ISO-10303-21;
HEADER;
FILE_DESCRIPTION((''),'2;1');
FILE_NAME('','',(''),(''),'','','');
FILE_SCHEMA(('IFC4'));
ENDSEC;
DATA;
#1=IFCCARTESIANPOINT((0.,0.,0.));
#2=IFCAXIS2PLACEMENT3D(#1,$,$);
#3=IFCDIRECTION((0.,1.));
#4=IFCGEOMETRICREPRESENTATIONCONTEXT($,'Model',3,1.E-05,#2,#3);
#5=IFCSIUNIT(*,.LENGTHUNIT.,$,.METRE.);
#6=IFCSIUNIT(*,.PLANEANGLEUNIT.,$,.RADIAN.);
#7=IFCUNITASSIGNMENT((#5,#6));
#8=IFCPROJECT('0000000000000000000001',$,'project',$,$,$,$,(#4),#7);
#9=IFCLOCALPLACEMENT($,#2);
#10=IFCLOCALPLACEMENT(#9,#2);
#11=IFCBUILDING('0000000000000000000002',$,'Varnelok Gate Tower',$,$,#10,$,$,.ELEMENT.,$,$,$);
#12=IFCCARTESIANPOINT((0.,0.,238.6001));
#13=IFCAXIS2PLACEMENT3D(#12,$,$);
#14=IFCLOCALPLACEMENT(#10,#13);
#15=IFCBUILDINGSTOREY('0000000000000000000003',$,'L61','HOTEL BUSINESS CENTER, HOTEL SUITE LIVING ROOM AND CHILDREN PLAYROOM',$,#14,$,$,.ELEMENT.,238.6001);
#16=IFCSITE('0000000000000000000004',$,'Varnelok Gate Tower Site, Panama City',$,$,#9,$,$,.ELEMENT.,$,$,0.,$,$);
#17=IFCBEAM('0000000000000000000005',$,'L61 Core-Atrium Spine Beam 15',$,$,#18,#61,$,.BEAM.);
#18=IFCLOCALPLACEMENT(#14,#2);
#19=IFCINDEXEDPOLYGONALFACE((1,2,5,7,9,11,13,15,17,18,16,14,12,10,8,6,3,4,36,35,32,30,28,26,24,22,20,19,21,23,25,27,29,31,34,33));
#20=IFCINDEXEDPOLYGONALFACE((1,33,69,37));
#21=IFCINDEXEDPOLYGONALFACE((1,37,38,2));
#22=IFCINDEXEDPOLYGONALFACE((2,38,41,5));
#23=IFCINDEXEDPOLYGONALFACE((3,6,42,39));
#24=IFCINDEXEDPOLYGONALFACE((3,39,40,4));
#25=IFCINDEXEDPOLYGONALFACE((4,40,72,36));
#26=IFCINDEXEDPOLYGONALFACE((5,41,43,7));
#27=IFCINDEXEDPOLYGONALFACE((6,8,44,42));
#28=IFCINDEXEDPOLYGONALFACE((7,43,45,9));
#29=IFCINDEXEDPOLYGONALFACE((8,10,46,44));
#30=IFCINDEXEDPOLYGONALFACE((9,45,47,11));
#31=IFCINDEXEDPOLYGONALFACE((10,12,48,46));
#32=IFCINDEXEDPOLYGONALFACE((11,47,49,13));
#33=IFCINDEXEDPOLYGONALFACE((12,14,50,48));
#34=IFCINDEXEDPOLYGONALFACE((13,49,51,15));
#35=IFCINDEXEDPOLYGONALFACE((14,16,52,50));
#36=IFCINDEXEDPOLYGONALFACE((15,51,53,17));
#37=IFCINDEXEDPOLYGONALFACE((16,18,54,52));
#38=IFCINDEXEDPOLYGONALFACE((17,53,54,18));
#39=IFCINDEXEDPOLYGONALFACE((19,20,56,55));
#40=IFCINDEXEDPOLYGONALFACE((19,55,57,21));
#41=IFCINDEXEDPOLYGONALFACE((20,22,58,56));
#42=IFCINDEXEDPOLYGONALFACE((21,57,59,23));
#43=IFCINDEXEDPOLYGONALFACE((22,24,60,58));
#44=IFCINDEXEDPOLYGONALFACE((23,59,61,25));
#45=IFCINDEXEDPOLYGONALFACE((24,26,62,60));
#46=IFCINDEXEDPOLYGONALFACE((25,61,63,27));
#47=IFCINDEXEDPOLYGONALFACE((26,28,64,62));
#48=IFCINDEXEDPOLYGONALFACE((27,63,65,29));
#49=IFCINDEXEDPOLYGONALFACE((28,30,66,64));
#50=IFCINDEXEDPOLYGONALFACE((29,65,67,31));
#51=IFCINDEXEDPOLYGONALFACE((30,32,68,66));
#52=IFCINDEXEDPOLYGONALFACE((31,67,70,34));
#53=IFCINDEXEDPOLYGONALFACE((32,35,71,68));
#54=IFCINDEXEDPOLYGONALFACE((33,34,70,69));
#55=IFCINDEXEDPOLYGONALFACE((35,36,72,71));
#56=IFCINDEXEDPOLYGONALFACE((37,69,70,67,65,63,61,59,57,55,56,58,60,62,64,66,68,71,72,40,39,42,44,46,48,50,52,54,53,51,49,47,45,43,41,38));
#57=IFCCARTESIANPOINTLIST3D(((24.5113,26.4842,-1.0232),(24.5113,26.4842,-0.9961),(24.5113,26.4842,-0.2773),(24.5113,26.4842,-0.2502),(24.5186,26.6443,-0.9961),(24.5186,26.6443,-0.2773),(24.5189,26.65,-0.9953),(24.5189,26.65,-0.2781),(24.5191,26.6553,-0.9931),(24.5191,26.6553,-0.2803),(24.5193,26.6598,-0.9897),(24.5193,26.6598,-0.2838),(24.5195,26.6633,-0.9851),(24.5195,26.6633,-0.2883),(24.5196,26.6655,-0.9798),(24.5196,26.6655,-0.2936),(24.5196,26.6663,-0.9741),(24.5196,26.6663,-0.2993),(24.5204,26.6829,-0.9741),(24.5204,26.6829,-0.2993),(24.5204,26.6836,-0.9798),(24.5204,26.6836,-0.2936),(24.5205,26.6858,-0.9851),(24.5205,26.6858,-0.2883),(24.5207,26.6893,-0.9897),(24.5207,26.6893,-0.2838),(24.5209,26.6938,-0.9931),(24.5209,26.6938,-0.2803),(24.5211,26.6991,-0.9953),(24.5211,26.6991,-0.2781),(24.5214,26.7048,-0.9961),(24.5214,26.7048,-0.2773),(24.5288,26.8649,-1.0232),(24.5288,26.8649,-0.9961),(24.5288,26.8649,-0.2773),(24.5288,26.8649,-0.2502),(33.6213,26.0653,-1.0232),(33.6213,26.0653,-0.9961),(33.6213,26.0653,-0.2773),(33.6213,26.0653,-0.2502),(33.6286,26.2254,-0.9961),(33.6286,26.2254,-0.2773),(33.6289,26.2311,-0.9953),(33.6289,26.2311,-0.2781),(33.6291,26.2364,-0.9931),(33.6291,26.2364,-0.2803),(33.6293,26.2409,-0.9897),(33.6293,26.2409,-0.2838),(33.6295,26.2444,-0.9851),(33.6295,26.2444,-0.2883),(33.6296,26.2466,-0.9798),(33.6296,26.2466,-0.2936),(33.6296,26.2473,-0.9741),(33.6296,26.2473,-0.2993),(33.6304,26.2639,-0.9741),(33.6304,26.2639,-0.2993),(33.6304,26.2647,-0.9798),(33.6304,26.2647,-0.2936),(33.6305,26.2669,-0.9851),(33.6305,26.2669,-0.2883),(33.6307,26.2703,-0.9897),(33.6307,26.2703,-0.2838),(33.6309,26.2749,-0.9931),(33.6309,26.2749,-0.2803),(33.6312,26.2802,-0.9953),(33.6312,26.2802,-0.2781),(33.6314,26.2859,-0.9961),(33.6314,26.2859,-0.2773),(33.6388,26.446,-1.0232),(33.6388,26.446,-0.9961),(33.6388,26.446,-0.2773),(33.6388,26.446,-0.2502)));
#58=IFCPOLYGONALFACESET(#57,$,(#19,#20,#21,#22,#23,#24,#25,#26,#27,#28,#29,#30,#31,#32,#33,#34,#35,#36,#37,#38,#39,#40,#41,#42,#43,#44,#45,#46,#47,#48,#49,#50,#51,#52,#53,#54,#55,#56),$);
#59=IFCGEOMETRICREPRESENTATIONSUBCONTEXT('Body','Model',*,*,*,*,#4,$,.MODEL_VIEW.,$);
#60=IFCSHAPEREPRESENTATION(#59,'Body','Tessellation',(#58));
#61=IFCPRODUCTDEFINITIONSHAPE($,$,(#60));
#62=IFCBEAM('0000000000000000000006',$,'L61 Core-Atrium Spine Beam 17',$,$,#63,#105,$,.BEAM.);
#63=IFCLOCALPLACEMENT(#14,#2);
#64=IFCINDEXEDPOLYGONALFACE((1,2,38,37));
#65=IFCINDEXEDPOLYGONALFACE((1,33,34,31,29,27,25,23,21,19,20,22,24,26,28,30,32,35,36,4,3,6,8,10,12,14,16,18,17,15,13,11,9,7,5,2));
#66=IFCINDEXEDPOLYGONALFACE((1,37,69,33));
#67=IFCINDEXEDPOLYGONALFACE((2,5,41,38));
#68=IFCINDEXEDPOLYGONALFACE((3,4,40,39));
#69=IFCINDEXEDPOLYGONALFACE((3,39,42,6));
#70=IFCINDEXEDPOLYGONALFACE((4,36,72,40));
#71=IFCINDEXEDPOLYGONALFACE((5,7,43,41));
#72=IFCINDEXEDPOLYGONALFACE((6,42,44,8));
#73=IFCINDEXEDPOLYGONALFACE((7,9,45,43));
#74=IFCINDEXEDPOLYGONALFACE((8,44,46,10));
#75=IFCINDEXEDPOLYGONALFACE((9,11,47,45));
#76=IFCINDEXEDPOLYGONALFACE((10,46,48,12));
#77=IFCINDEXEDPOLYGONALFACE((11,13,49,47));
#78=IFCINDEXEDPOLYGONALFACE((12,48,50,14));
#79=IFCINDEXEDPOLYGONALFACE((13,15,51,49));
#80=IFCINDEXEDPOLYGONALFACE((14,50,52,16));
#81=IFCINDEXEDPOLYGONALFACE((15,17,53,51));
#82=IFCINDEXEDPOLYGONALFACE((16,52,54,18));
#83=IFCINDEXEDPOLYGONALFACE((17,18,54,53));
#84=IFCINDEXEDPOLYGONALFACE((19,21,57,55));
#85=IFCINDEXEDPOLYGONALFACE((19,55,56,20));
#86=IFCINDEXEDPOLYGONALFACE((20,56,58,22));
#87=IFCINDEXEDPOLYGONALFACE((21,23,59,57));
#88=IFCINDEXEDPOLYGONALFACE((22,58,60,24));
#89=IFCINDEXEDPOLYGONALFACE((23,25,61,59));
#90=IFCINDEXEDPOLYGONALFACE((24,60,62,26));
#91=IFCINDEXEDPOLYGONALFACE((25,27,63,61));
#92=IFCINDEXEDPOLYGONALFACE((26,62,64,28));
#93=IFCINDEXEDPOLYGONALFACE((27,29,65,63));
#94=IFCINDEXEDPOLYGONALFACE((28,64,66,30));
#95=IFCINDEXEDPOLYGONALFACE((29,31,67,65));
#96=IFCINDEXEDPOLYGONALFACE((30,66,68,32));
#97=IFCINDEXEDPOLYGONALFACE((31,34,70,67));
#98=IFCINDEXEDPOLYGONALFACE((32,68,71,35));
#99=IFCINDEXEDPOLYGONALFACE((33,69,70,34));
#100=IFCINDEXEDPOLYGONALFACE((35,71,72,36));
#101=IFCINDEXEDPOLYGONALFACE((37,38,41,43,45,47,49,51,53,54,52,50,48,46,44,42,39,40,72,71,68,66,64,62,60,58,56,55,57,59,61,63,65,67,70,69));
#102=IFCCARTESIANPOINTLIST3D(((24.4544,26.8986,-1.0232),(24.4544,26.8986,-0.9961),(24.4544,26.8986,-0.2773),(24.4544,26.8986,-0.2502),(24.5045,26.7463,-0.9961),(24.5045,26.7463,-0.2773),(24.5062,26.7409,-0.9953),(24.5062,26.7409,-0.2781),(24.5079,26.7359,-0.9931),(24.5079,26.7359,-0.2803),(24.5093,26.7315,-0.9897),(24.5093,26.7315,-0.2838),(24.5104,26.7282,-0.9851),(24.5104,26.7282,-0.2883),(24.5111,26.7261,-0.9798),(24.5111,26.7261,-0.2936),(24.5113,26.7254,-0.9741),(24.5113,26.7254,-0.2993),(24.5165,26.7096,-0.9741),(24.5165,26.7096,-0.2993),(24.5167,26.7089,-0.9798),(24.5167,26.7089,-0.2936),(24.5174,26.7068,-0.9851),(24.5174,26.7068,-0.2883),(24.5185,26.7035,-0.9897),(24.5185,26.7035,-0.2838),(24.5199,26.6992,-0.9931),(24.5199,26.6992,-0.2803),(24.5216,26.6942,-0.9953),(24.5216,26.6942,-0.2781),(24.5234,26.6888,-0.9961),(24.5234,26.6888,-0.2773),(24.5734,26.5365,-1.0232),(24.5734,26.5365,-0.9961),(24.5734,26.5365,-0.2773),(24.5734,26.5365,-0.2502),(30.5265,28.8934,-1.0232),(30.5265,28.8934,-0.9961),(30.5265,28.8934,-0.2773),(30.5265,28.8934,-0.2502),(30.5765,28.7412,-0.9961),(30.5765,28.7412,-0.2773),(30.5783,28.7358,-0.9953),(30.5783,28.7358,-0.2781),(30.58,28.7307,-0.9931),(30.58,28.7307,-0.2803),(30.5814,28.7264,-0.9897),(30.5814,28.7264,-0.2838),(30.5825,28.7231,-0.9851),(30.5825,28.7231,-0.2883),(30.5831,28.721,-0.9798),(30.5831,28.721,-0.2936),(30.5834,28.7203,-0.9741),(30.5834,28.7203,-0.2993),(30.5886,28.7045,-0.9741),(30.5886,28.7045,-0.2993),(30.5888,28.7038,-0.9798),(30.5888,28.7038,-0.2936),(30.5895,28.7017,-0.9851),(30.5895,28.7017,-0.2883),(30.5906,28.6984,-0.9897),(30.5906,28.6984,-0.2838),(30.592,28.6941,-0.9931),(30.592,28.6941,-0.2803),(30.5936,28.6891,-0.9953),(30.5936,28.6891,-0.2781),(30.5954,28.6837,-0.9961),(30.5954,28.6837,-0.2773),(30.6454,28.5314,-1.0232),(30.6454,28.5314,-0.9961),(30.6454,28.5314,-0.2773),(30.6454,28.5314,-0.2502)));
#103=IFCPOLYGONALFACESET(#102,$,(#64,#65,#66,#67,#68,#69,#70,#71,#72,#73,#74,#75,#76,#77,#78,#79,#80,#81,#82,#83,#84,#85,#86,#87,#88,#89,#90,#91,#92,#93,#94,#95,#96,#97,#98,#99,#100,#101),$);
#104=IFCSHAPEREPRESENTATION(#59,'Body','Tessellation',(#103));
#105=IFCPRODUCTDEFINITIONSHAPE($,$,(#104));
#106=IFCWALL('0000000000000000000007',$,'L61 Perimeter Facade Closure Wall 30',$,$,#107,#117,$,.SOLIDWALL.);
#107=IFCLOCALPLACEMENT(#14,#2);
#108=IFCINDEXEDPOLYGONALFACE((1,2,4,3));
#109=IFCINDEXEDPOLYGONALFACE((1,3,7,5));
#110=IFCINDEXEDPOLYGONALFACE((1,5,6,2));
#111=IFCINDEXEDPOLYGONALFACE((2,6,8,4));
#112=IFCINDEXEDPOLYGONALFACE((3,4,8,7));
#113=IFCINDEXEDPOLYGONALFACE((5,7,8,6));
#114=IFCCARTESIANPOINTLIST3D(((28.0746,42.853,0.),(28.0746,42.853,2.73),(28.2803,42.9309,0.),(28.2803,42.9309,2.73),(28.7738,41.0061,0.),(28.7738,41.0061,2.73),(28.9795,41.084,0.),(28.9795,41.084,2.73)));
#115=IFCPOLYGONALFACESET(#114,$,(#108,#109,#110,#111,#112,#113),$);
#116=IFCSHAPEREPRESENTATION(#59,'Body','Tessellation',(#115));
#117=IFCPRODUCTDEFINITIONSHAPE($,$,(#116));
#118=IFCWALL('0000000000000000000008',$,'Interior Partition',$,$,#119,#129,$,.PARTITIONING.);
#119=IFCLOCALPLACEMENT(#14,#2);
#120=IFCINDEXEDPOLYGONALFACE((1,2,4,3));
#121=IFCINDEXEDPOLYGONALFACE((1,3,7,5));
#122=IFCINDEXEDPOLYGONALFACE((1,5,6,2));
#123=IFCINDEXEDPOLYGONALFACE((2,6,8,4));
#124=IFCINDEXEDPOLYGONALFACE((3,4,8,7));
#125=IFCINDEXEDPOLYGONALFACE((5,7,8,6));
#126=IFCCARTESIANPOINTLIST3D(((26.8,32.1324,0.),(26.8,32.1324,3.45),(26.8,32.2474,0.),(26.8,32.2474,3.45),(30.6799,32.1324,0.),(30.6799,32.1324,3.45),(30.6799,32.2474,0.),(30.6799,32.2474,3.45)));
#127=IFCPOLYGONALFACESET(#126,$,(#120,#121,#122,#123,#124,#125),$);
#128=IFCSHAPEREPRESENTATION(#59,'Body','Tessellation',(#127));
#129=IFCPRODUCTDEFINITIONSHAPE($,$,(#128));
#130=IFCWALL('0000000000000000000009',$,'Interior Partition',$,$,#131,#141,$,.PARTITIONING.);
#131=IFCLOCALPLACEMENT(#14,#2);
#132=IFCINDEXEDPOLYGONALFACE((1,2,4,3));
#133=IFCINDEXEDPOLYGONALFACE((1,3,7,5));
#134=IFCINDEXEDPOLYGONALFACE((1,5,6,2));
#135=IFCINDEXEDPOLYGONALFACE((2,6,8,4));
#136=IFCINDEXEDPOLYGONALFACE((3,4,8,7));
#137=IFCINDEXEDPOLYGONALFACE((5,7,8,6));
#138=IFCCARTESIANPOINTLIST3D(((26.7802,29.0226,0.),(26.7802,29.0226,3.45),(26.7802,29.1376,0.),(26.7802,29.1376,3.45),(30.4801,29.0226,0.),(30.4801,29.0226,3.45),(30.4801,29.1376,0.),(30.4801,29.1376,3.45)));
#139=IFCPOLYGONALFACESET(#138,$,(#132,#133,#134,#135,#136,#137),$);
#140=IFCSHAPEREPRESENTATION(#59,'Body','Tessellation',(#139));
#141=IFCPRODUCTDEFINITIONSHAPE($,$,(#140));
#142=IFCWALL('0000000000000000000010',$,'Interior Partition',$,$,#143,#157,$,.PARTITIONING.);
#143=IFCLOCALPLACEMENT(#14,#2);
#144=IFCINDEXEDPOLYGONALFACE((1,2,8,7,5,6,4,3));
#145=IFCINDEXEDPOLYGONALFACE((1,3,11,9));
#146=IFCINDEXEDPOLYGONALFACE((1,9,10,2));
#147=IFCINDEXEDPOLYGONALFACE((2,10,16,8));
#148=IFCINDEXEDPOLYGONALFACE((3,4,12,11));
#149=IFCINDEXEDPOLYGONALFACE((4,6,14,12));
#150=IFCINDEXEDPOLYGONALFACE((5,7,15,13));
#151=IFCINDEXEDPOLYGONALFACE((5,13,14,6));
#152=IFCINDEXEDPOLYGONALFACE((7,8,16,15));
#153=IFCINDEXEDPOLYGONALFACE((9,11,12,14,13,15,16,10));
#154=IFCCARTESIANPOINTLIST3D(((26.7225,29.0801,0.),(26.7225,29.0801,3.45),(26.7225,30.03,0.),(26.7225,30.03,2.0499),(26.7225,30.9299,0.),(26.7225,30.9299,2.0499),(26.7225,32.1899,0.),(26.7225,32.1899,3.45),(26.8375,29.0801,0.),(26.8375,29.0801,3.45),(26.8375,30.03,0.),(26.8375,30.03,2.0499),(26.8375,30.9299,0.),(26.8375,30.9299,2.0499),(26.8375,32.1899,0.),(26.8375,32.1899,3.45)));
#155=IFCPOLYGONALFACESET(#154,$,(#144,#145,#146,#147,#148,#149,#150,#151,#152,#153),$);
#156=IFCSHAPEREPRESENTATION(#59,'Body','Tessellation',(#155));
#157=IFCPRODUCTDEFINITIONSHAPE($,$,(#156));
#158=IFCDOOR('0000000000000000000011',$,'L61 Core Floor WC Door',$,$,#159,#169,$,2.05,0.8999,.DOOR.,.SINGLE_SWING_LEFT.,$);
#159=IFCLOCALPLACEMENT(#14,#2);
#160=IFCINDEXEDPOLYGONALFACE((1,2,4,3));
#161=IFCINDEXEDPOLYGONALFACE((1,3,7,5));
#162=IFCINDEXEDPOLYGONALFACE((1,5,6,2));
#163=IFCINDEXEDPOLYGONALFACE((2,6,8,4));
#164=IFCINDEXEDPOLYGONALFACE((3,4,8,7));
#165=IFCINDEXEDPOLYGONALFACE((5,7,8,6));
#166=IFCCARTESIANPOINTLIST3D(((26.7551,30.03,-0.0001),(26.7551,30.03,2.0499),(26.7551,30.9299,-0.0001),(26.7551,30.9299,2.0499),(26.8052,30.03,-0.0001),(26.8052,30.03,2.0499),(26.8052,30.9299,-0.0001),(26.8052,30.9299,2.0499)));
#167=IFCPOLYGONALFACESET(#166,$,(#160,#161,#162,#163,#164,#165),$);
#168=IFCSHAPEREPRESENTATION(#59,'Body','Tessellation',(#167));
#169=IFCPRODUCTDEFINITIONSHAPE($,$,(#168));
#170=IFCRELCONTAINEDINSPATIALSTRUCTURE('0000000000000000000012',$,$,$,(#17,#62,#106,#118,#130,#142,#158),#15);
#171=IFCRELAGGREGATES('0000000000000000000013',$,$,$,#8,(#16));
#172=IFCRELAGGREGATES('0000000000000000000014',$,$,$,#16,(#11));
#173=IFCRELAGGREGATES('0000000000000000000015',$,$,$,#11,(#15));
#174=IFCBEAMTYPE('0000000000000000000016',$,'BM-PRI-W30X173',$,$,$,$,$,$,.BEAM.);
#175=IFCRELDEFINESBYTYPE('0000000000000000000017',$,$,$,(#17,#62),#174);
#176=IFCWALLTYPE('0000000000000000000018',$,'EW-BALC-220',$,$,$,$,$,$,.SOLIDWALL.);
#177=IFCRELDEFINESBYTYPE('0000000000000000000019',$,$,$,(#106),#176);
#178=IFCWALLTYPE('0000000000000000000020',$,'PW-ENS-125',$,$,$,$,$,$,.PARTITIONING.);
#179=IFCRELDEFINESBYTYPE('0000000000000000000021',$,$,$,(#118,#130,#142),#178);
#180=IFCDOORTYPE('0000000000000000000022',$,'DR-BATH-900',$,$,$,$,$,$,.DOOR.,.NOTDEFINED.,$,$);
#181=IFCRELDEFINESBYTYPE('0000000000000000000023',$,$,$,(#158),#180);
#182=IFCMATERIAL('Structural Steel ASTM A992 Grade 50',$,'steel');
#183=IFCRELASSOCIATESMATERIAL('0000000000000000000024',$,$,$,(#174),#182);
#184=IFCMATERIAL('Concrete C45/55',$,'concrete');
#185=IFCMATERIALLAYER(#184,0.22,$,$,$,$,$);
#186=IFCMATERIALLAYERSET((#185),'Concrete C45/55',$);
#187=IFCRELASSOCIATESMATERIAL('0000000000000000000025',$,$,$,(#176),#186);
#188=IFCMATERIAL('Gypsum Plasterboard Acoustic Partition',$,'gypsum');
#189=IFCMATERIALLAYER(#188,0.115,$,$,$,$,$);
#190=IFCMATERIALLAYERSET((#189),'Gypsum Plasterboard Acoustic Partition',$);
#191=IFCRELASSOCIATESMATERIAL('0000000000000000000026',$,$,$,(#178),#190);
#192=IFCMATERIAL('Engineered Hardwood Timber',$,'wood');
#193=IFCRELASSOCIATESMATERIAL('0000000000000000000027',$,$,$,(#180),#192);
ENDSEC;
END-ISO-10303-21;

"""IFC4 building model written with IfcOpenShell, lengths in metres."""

from ifc_helpers import new_model, si_unit, direction, frame, frame_2d, origin, origin_2d, place, context, subcontext, project, spatial, rectangle, i_section, extrude, material, layer, layer_set, material_profile, profile_set, type_object, element, fill, save


model = new_model("IFC4")

# Units and contexts
model_context = context("Model", 3, precision=1e-05, world=origin(), true_north=direction((0.0, 1.0)))
body_context = subcontext(model_context, "Body", "Model", "MODEL_VIEW")
ifc_project = project(units=[si_unit("LENGTHUNIT", "METRE"), si_unit("PLANEANGLEUNIT", "RADIAN")], contexts=[model_context])

# Site, building, storey
site_placement = place(None, origin())
site = spatial("IfcSite", under=ifc_project, at=site_placement, Name="Varnelok Gate Tower Site, Panama City", CompositionType="ELEMENT", RefElevation=0.0)
building_placement = place(site_placement, origin())
building = spatial("IfcBuilding", under=site, at=building_placement, Name="Varnelok Gate Tower", CompositionType="ELEMENT")
storey_placement = place(building_placement, frame((0.0, 0.0, 238.6001)))
storey = spatial("IfcBuildingStorey", under=building, at=storey_placement, Name="L61", Description="HOTEL BUSINESS CENTER, HOTEL SUITE LIVING ROOM AND CHILDREN PLAYROOM", CompositionType="ELEMENT", Elevation=238.6001)

# Shared definitions
ifc_material_1 = material(Name="Structural Steel ASTM A992 Grade 50", Category="steel")

# Beams
ifc_material_profile_1 = material_profile(ifc_material_1, i_section(OverallWidth=0.3811, OverallDepth=0.7729, WebThickness=0.0166, FlangeThickness=0.0271, FilletRadius=0.022, at=origin_2d()), Name="W30X173")
ifc_profile_set_1 = profile_set([ifc_material_profile_1], Name="Structural Steel ASTM A992 Grade 50")
beam_type_1 = type_object("IfcBeamType", Name="BM-PRI-W30X173", PredefinedType="BEAM", material=ifc_profile_set_1)
beam_1_placement = place(storey_placement, frame((24.52, 26.6746, -0.6367), z_axis=(0.998944, -0.045938, 0.0), x_axis=(0.045938, 0.998944, 0.0)))
element("IfcBeam", 1, at=beam_1_placement, inside=storey, type_object=beam_type_1, Name="L61 Core-Atrium Spine Beam 15", PredefinedType="BEAM", context=body_context, shape_type="SweptSolid", body=[
    extrude(i_section(OverallWidth=0.3811, OverallDepth=0.7729, WebThickness=0.0166, FlangeThickness=0.0271, FilletRadius=0.022, at=origin_2d()), origin(), (0.0, 0.0, 1.0), 9.1196),
])
beam_2_placement = place(storey_placement, frame((24.5139, 26.7175, -0.6367), z_axis=(0.950042, 0.312122, 0.0), x_axis=(-0.312122, 0.950042, 0.0)))
element("IfcBeam", 2, at=beam_2_placement, inside=storey, type_object=beam_type_1, Name="L61 Core-Atrium Spine Beam 17", PredefinedType="BEAM", context=body_context, shape_type="SweptSolid", body=[
    extrude(i_section(OverallWidth=0.3811, OverallDepth=0.7729, WebThickness=0.0166, FlangeThickness=0.0271, FilletRadius=0.022, at=origin_2d()), origin(), (0.0, 0.0, 1.0), 6.3914),
])

# Walls
ifc_material_2 = material(Name="Concrete C45/55", Category="concrete")
ifc_layer_1 = layer(ifc_material_2, 0.22)
ifc_layer_set_1 = layer_set([ifc_layer_1], Name="Concrete C45/55")
wall_type_1 = type_object("IfcWallType", Name="EW-BALC-220", PredefinedType="SOLIDWALL", material=ifc_layer_set_1)
wall_1_placement = place(storey_placement, frame((28.1775, 42.8918, 0.0), z_axis=(0.0, 0.0, 1.0), x_axis=(0.354062, -0.935222, 0.0)))
element("IfcWall", 3, at=wall_1_placement, inside=storey, type_object=wall_type_1, Name="L61 Perimeter Facade Closure Wall 30", PredefinedType="SOLIDWALL", context=body_context, shape_type="SweptSolid", body=[
    extrude(rectangle(XDim=1.9749, YDim=0.22, at=frame_2d((0.9873, 0.0))), origin(), (0.0, 0.0, 1.0), 2.73),
])
ifc_material_3 = material(Name="Gypsum Plasterboard Acoustic Partition", Category="gypsum")
ifc_layer_2 = layer(ifc_material_3, 0.115)
ifc_layer_set_2 = layer_set([ifc_layer_2], Name="Gypsum Plasterboard Acoustic Partition")
wall_type_2 = type_object("IfcWallType", Name="PW-ENS-125", PredefinedType="PARTITIONING", material=ifc_layer_set_2)
wall_2_placement = place(storey_placement, frame((26.8, 32.1899, 0.0), z_axis=(0.0, 0.0, 1.0), x_axis=(1.0, 0.0, 0.0)))
element("IfcWall", 4, at=wall_2_placement, inside=storey, type_object=wall_type_2, Name="Interior Partition", PredefinedType="PARTITIONING", context=body_context, shape_type="SweptSolid", body=[
    extrude(rectangle(XDim=3.8799, YDim=0.115, at=frame_2d((1.9399, 0.0))), origin(), (0.0, 0.0, 1.0), 3.45),
])
wall_3_placement = place(storey_placement, frame((26.78, 29.0801, 0.0), z_axis=(0.0, 0.0, 1.0), x_axis=(1.0, 0.0, 0.0)))
element("IfcWall", 5, at=wall_3_placement, inside=storey, type_object=wall_type_2, Name="Interior Partition", PredefinedType="PARTITIONING", context=body_context, shape_type="SweptSolid", body=[
    extrude(rectangle(XDim=3.7, YDim=0.115, at=frame_2d((1.8501, 0.0))), origin(), (0.0, 0.0, 1.0), 3.45),
])

# Wall, opening, door
wall_4_placement = place(storey_placement, frame((26.78, 29.0801, 0.0), z_axis=(0.0, 0.0, 1.0), x_axis=(0.0, 1.0, 0.0)))
wall_4 = element("IfcWall", 6, at=wall_4_placement, inside=storey, type_object=wall_type_2, Name="Interior Partition", PredefinedType="PARTITIONING", context=body_context, shape_type="SweptSolid", body=[
    extrude(rectangle(XDim=3.1099, YDim=0.115, at=frame_2d((1.5549, 0.0))), origin(), (0.0, 0.0, 1.0), 3.45),
])
opening_1_placement = place(wall_4_placement, frame((0.95, 0.0, 0.0)))
opening_1 = element("IfcOpeningElement", 7, at=opening_1_placement, cuts=wall_4, PredefinedType="OPENING", context=body_context, shape_type="SweptSolid", body=[
    extrude(rectangle(XDim=0.8999, YDim=2.05, at=frame_2d((0.45, 1.0249))), frame((0.0, 0.0674, 0.0), z_axis=(0.0, -1.0, 0.0), x_axis=(1.0, 0.0, 0.0)), (0.0, 0.0, 1.0), 0.135),
])
ifc_material_4 = material(Name="Engineered Hardwood Timber", Category="wood")
door_type_1 = type_object("IfcDoorType", Name="DR-BATH-900", OperationType="NOTDEFINED", PredefinedType="DOOR", material=ifc_material_4)
door_1_placement = place(opening_1_placement, origin())
door_1 = element("IfcDoor", 8, at=door_1_placement, inside=storey, type_object=door_type_1, Name="L61 Core Floor WC Door", OperationType="SINGLE_SWING_LEFT", OverallHeight=2.05, OverallWidth=0.8999, PredefinedType="DOOR", context=body_context, shape_type="SweptSolid", body=[
    extrude(rectangle(XDim=0.8999, YDim=2.05, at=frame_2d((0.45, 1.0249))), frame((0.0, 0.0249, 0.0), z_axis=(0.0, -1.0, 0.0), x_axis=(1.0, 0.0, 0.0)), (0.0, 0.0, 1.0), 0.05),
])
fill(opening_1, door_1)

save(model, "model.ifc")
